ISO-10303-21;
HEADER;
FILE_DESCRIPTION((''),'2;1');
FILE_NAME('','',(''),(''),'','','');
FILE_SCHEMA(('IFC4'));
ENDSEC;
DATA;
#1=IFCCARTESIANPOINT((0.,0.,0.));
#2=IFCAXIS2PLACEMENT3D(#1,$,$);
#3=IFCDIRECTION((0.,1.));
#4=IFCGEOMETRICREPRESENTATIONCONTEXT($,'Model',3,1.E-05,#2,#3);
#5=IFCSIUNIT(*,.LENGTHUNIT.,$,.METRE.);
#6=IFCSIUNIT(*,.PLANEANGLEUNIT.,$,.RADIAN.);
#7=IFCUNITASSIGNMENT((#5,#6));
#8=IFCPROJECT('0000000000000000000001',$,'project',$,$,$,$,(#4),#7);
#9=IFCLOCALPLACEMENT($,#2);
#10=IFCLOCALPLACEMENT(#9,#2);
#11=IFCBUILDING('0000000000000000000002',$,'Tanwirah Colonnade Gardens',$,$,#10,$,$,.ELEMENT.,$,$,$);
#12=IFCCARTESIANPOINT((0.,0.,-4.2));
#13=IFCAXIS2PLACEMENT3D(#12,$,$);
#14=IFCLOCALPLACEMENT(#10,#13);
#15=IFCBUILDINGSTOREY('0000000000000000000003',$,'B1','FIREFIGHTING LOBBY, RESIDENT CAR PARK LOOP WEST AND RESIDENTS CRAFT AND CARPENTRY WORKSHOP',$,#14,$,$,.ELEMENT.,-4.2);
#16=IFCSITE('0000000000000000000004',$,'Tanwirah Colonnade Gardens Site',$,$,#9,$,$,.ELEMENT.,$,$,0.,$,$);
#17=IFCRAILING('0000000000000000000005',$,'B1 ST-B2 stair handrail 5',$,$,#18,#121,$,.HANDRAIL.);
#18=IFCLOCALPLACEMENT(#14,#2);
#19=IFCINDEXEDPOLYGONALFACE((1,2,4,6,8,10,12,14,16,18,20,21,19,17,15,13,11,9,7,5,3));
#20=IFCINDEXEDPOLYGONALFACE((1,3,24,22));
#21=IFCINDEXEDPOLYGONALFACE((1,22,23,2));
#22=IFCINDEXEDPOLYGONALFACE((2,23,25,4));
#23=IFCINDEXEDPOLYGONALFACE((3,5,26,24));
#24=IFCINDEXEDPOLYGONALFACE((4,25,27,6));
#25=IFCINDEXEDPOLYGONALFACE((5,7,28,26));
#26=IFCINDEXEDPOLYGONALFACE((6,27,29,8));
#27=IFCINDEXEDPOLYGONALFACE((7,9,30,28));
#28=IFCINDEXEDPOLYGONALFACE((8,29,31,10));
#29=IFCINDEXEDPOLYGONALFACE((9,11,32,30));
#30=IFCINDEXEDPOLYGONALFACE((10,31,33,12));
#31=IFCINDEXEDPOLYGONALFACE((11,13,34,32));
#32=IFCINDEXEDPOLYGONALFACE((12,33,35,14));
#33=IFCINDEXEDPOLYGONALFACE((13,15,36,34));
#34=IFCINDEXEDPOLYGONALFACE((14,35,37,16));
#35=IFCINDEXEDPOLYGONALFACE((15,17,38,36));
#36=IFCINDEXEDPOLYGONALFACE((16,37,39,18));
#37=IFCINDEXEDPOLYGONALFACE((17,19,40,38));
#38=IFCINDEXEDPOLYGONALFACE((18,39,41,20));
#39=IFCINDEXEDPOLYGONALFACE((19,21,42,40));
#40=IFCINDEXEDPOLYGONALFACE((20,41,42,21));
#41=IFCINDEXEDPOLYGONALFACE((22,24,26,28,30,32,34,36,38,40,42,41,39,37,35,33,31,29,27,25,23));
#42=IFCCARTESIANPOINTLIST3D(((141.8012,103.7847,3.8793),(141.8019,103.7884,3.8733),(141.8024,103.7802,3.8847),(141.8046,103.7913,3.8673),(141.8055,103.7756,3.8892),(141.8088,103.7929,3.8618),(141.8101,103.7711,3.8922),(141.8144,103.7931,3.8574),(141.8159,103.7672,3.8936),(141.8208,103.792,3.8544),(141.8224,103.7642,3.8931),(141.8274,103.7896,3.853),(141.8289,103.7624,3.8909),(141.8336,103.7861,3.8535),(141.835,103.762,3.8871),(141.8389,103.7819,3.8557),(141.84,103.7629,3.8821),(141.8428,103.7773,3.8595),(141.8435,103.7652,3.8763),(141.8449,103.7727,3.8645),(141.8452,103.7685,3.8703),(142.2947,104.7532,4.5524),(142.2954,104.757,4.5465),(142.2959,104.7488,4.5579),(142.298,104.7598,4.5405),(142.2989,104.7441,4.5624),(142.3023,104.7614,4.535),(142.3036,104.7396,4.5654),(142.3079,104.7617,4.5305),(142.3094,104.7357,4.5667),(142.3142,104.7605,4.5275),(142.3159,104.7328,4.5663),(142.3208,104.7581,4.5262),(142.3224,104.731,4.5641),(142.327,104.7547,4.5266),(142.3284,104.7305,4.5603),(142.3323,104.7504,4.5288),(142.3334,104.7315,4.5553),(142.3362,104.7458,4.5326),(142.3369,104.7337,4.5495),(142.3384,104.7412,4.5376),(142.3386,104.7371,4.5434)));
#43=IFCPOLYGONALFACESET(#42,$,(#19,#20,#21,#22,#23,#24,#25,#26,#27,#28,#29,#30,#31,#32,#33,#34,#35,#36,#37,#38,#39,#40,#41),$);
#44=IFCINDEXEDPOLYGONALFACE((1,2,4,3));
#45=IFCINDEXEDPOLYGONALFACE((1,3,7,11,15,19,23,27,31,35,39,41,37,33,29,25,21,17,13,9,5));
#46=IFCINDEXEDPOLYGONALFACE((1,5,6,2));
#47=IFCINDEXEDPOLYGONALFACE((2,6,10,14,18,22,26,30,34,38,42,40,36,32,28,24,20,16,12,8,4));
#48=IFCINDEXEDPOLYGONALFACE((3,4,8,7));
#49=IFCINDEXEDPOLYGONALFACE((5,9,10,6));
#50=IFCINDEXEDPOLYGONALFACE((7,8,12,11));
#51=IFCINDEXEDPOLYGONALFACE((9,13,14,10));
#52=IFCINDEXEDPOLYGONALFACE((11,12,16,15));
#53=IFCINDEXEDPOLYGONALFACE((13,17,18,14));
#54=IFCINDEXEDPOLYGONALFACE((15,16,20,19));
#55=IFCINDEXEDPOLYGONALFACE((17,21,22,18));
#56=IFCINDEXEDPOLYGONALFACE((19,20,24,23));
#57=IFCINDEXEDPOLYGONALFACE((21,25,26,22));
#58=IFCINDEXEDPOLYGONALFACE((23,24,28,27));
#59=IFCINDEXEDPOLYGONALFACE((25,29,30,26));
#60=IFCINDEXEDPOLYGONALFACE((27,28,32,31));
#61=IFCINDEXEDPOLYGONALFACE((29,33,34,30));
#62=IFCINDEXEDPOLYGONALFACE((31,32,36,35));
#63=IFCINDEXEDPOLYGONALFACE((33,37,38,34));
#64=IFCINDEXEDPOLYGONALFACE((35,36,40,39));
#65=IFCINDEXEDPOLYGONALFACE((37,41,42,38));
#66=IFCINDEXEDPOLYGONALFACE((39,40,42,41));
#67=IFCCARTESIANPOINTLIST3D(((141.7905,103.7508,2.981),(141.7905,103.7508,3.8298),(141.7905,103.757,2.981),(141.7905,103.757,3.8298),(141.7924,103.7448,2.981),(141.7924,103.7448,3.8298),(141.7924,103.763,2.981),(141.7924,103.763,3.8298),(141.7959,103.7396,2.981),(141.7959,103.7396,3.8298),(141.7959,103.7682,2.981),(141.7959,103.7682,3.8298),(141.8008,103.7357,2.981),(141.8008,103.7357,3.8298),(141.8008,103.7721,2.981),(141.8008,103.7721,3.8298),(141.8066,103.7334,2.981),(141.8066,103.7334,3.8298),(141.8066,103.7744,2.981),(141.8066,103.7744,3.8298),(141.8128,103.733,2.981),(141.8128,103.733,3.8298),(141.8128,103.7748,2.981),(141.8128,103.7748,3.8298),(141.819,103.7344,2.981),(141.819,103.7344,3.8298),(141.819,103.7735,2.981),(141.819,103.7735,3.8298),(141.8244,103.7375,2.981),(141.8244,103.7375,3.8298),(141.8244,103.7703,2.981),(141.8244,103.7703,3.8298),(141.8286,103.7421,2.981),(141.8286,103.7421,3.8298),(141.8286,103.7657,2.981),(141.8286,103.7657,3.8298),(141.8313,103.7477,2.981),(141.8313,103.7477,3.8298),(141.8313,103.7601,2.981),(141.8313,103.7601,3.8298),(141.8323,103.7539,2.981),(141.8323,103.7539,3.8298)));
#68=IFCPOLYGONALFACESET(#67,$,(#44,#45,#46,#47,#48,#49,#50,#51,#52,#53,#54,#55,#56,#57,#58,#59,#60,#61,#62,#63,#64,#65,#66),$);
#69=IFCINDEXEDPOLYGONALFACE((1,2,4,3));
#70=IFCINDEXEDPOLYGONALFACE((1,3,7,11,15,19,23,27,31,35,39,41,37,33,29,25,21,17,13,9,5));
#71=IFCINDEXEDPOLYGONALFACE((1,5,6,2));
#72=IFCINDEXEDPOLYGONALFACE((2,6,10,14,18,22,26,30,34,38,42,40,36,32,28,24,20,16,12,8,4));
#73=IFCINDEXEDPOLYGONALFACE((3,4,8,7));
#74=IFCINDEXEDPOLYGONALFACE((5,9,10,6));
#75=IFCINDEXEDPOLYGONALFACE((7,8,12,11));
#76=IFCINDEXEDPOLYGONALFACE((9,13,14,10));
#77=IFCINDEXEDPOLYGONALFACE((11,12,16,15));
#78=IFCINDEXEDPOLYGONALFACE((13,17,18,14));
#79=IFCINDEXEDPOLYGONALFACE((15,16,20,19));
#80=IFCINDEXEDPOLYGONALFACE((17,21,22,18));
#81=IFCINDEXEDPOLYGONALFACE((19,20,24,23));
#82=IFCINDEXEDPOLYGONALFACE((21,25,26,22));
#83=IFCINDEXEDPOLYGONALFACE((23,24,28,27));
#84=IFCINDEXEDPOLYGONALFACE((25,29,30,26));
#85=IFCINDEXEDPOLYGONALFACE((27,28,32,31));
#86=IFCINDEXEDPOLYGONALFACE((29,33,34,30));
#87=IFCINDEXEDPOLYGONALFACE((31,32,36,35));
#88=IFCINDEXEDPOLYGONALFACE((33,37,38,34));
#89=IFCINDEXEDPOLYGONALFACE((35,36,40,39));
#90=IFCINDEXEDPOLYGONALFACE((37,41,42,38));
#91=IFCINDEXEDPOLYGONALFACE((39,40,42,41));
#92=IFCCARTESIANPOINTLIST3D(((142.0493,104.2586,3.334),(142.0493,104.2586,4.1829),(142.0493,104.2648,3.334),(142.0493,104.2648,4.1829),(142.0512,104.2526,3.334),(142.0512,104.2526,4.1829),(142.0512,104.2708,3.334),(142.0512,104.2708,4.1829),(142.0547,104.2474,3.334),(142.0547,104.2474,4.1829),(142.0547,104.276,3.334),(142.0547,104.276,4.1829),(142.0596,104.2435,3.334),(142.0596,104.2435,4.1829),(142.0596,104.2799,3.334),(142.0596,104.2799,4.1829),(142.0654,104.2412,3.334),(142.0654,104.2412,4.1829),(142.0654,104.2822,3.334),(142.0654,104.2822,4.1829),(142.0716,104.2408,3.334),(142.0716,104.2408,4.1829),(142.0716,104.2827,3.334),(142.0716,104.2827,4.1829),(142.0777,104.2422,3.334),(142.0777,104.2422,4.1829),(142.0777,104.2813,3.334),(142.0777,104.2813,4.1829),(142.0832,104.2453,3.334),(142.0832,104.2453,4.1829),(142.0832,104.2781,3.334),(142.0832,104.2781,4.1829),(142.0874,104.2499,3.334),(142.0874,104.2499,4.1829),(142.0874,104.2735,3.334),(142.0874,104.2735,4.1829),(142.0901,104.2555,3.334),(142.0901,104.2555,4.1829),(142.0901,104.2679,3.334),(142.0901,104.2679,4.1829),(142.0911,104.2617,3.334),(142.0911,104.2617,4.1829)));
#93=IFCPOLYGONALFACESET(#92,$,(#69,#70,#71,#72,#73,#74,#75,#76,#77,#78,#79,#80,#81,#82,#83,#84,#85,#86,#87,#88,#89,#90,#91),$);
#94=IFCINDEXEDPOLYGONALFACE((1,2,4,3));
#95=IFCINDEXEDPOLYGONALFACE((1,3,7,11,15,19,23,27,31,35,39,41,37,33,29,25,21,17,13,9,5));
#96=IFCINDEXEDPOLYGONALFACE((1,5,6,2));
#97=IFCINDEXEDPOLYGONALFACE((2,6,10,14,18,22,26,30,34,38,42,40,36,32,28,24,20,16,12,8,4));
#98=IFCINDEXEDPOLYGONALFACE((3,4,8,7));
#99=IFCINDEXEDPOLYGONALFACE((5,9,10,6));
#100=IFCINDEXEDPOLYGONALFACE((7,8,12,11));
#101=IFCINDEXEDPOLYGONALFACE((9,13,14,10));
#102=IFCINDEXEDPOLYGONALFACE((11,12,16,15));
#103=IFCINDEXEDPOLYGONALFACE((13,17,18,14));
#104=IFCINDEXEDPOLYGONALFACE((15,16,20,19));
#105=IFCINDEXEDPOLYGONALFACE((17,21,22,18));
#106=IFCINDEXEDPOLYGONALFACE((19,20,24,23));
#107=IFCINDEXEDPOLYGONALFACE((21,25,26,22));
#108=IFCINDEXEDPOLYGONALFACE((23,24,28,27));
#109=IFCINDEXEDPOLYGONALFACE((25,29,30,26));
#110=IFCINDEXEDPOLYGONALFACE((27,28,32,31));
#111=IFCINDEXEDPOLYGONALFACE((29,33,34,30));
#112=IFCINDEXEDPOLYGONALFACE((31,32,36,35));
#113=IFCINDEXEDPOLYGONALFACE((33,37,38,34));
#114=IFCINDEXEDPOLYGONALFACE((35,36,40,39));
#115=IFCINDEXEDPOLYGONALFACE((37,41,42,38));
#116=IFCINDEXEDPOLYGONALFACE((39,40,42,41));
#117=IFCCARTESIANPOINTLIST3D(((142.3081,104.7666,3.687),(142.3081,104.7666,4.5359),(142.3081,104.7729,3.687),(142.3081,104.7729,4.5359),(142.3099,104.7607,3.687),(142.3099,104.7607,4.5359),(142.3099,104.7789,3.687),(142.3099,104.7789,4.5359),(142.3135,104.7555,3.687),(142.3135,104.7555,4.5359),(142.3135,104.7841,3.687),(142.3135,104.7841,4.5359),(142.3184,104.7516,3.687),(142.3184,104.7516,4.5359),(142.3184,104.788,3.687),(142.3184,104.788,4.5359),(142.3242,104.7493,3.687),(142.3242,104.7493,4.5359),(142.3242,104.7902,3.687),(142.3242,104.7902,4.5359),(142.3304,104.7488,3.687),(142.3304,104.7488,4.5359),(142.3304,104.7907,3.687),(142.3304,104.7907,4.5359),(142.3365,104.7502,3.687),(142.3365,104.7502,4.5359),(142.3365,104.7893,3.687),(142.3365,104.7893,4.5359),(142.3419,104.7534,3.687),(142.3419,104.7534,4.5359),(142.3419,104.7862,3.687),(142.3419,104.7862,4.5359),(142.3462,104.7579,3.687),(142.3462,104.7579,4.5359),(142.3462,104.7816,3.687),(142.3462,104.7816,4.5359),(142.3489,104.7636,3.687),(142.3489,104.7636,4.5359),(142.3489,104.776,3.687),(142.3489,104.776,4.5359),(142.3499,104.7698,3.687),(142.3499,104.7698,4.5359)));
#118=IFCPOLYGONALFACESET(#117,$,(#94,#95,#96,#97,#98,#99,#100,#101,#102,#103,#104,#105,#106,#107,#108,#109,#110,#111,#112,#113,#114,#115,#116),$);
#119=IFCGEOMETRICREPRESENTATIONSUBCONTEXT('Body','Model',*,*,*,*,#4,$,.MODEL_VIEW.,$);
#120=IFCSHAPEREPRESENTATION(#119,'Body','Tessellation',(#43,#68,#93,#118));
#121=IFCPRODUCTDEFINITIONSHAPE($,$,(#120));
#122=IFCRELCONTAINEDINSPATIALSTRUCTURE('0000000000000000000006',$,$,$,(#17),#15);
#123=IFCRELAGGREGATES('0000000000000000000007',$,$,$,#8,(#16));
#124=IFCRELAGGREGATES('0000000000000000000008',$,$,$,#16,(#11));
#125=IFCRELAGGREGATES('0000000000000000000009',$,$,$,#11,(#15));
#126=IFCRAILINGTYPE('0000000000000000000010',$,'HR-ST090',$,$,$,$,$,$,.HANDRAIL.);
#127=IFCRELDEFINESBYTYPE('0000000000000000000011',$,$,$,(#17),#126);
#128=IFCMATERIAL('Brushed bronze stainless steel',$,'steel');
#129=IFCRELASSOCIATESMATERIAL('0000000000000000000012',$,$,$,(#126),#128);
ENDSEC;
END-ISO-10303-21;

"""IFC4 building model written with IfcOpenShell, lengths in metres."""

from ifc_helpers import new_model, si_unit, direction, frame, origin, origin_2d, place, context, subcontext, project, spatial, circle, extrude, material, type_object, element, save


model = new_model("IFC4")

# Units and contexts
model_context = context("Model", 3, precision=1e-05, world=origin(), true_north=direction((0.0, 1.0)))
body_context = subcontext(model_context, "Body", "Model", "MODEL_VIEW")
ifc_project = project(units=[si_unit("LENGTHUNIT", "METRE"), si_unit("PLANEANGLEUNIT", "RADIAN")], contexts=[model_context])

# Site, building, storey
site_placement = place(None, origin())
site = spatial("IfcSite", under=ifc_project, at=site_placement, Name="Tanwirah Colonnade Gardens Site", CompositionType="ELEMENT", RefElevation=0.0)
building_placement = place(site_placement, origin())
building = spatial("IfcBuilding", under=site, at=building_placement, Name="Tanwirah Colonnade Gardens", CompositionType="ELEMENT")
storey_placement = place(building_placement, frame((0.0, 0.0, -4.2)))
storey = spatial("IfcBuildingStorey", under=building, at=storey_placement, Name="B1", Description="FIREFIGHTING LOBBY, RESIDENT CAR PARK LOOP WEST AND RESIDENTS CRAFT AND CARPENTRY WORKSHOP", CompositionType="ELEMENT", Elevation=-4.2)

# Railing
ifc_material_1 = material(Name="Brushed bronze stainless steel", Category="steel")
railing_type_1 = type_object("IfcRailingType", Name="HR-ST090", PredefinedType="HANDRAIL", material=ifc_material_1)
railing_1_placement = place(storey_placement, frame((141.8113, 103.7539, 2.981)))
element("IfcRailing", 1, at=railing_1_placement, inside=storey, type_object=railing_type_1, Name="B1 ST-B2 stair handrail 5", PredefinedType="HANDRAIL", context=body_context, shape_type="SweptSolid", body=[
    extrude(circle(Radius=0.0239, at=origin_2d()), frame((0.012, 0.0237, 0.8923), z_axis=(0.385953, 0.757523, 0.526498), x_axis=(-0.891018, 0.453967, 0.0)), (0.0, 0.0, 1.0), 1.2786),
    extrude(circle(Radius=0.021, at=origin_2d()), origin(), (0.0, 0.0, 1.0), 0.8489),
    extrude(circle(Radius=0.021, at=origin_2d()), frame((0.2588, 0.5078, 0.353)), (0.0, 0.0, 1.0), 0.8489),
    extrude(circle(Radius=0.021, at=origin_2d()), frame((0.5176, 1.0159, 0.7061)), (0.0, 0.0, 1.0), 0.8489),
])

save(model, "model.ifc")
